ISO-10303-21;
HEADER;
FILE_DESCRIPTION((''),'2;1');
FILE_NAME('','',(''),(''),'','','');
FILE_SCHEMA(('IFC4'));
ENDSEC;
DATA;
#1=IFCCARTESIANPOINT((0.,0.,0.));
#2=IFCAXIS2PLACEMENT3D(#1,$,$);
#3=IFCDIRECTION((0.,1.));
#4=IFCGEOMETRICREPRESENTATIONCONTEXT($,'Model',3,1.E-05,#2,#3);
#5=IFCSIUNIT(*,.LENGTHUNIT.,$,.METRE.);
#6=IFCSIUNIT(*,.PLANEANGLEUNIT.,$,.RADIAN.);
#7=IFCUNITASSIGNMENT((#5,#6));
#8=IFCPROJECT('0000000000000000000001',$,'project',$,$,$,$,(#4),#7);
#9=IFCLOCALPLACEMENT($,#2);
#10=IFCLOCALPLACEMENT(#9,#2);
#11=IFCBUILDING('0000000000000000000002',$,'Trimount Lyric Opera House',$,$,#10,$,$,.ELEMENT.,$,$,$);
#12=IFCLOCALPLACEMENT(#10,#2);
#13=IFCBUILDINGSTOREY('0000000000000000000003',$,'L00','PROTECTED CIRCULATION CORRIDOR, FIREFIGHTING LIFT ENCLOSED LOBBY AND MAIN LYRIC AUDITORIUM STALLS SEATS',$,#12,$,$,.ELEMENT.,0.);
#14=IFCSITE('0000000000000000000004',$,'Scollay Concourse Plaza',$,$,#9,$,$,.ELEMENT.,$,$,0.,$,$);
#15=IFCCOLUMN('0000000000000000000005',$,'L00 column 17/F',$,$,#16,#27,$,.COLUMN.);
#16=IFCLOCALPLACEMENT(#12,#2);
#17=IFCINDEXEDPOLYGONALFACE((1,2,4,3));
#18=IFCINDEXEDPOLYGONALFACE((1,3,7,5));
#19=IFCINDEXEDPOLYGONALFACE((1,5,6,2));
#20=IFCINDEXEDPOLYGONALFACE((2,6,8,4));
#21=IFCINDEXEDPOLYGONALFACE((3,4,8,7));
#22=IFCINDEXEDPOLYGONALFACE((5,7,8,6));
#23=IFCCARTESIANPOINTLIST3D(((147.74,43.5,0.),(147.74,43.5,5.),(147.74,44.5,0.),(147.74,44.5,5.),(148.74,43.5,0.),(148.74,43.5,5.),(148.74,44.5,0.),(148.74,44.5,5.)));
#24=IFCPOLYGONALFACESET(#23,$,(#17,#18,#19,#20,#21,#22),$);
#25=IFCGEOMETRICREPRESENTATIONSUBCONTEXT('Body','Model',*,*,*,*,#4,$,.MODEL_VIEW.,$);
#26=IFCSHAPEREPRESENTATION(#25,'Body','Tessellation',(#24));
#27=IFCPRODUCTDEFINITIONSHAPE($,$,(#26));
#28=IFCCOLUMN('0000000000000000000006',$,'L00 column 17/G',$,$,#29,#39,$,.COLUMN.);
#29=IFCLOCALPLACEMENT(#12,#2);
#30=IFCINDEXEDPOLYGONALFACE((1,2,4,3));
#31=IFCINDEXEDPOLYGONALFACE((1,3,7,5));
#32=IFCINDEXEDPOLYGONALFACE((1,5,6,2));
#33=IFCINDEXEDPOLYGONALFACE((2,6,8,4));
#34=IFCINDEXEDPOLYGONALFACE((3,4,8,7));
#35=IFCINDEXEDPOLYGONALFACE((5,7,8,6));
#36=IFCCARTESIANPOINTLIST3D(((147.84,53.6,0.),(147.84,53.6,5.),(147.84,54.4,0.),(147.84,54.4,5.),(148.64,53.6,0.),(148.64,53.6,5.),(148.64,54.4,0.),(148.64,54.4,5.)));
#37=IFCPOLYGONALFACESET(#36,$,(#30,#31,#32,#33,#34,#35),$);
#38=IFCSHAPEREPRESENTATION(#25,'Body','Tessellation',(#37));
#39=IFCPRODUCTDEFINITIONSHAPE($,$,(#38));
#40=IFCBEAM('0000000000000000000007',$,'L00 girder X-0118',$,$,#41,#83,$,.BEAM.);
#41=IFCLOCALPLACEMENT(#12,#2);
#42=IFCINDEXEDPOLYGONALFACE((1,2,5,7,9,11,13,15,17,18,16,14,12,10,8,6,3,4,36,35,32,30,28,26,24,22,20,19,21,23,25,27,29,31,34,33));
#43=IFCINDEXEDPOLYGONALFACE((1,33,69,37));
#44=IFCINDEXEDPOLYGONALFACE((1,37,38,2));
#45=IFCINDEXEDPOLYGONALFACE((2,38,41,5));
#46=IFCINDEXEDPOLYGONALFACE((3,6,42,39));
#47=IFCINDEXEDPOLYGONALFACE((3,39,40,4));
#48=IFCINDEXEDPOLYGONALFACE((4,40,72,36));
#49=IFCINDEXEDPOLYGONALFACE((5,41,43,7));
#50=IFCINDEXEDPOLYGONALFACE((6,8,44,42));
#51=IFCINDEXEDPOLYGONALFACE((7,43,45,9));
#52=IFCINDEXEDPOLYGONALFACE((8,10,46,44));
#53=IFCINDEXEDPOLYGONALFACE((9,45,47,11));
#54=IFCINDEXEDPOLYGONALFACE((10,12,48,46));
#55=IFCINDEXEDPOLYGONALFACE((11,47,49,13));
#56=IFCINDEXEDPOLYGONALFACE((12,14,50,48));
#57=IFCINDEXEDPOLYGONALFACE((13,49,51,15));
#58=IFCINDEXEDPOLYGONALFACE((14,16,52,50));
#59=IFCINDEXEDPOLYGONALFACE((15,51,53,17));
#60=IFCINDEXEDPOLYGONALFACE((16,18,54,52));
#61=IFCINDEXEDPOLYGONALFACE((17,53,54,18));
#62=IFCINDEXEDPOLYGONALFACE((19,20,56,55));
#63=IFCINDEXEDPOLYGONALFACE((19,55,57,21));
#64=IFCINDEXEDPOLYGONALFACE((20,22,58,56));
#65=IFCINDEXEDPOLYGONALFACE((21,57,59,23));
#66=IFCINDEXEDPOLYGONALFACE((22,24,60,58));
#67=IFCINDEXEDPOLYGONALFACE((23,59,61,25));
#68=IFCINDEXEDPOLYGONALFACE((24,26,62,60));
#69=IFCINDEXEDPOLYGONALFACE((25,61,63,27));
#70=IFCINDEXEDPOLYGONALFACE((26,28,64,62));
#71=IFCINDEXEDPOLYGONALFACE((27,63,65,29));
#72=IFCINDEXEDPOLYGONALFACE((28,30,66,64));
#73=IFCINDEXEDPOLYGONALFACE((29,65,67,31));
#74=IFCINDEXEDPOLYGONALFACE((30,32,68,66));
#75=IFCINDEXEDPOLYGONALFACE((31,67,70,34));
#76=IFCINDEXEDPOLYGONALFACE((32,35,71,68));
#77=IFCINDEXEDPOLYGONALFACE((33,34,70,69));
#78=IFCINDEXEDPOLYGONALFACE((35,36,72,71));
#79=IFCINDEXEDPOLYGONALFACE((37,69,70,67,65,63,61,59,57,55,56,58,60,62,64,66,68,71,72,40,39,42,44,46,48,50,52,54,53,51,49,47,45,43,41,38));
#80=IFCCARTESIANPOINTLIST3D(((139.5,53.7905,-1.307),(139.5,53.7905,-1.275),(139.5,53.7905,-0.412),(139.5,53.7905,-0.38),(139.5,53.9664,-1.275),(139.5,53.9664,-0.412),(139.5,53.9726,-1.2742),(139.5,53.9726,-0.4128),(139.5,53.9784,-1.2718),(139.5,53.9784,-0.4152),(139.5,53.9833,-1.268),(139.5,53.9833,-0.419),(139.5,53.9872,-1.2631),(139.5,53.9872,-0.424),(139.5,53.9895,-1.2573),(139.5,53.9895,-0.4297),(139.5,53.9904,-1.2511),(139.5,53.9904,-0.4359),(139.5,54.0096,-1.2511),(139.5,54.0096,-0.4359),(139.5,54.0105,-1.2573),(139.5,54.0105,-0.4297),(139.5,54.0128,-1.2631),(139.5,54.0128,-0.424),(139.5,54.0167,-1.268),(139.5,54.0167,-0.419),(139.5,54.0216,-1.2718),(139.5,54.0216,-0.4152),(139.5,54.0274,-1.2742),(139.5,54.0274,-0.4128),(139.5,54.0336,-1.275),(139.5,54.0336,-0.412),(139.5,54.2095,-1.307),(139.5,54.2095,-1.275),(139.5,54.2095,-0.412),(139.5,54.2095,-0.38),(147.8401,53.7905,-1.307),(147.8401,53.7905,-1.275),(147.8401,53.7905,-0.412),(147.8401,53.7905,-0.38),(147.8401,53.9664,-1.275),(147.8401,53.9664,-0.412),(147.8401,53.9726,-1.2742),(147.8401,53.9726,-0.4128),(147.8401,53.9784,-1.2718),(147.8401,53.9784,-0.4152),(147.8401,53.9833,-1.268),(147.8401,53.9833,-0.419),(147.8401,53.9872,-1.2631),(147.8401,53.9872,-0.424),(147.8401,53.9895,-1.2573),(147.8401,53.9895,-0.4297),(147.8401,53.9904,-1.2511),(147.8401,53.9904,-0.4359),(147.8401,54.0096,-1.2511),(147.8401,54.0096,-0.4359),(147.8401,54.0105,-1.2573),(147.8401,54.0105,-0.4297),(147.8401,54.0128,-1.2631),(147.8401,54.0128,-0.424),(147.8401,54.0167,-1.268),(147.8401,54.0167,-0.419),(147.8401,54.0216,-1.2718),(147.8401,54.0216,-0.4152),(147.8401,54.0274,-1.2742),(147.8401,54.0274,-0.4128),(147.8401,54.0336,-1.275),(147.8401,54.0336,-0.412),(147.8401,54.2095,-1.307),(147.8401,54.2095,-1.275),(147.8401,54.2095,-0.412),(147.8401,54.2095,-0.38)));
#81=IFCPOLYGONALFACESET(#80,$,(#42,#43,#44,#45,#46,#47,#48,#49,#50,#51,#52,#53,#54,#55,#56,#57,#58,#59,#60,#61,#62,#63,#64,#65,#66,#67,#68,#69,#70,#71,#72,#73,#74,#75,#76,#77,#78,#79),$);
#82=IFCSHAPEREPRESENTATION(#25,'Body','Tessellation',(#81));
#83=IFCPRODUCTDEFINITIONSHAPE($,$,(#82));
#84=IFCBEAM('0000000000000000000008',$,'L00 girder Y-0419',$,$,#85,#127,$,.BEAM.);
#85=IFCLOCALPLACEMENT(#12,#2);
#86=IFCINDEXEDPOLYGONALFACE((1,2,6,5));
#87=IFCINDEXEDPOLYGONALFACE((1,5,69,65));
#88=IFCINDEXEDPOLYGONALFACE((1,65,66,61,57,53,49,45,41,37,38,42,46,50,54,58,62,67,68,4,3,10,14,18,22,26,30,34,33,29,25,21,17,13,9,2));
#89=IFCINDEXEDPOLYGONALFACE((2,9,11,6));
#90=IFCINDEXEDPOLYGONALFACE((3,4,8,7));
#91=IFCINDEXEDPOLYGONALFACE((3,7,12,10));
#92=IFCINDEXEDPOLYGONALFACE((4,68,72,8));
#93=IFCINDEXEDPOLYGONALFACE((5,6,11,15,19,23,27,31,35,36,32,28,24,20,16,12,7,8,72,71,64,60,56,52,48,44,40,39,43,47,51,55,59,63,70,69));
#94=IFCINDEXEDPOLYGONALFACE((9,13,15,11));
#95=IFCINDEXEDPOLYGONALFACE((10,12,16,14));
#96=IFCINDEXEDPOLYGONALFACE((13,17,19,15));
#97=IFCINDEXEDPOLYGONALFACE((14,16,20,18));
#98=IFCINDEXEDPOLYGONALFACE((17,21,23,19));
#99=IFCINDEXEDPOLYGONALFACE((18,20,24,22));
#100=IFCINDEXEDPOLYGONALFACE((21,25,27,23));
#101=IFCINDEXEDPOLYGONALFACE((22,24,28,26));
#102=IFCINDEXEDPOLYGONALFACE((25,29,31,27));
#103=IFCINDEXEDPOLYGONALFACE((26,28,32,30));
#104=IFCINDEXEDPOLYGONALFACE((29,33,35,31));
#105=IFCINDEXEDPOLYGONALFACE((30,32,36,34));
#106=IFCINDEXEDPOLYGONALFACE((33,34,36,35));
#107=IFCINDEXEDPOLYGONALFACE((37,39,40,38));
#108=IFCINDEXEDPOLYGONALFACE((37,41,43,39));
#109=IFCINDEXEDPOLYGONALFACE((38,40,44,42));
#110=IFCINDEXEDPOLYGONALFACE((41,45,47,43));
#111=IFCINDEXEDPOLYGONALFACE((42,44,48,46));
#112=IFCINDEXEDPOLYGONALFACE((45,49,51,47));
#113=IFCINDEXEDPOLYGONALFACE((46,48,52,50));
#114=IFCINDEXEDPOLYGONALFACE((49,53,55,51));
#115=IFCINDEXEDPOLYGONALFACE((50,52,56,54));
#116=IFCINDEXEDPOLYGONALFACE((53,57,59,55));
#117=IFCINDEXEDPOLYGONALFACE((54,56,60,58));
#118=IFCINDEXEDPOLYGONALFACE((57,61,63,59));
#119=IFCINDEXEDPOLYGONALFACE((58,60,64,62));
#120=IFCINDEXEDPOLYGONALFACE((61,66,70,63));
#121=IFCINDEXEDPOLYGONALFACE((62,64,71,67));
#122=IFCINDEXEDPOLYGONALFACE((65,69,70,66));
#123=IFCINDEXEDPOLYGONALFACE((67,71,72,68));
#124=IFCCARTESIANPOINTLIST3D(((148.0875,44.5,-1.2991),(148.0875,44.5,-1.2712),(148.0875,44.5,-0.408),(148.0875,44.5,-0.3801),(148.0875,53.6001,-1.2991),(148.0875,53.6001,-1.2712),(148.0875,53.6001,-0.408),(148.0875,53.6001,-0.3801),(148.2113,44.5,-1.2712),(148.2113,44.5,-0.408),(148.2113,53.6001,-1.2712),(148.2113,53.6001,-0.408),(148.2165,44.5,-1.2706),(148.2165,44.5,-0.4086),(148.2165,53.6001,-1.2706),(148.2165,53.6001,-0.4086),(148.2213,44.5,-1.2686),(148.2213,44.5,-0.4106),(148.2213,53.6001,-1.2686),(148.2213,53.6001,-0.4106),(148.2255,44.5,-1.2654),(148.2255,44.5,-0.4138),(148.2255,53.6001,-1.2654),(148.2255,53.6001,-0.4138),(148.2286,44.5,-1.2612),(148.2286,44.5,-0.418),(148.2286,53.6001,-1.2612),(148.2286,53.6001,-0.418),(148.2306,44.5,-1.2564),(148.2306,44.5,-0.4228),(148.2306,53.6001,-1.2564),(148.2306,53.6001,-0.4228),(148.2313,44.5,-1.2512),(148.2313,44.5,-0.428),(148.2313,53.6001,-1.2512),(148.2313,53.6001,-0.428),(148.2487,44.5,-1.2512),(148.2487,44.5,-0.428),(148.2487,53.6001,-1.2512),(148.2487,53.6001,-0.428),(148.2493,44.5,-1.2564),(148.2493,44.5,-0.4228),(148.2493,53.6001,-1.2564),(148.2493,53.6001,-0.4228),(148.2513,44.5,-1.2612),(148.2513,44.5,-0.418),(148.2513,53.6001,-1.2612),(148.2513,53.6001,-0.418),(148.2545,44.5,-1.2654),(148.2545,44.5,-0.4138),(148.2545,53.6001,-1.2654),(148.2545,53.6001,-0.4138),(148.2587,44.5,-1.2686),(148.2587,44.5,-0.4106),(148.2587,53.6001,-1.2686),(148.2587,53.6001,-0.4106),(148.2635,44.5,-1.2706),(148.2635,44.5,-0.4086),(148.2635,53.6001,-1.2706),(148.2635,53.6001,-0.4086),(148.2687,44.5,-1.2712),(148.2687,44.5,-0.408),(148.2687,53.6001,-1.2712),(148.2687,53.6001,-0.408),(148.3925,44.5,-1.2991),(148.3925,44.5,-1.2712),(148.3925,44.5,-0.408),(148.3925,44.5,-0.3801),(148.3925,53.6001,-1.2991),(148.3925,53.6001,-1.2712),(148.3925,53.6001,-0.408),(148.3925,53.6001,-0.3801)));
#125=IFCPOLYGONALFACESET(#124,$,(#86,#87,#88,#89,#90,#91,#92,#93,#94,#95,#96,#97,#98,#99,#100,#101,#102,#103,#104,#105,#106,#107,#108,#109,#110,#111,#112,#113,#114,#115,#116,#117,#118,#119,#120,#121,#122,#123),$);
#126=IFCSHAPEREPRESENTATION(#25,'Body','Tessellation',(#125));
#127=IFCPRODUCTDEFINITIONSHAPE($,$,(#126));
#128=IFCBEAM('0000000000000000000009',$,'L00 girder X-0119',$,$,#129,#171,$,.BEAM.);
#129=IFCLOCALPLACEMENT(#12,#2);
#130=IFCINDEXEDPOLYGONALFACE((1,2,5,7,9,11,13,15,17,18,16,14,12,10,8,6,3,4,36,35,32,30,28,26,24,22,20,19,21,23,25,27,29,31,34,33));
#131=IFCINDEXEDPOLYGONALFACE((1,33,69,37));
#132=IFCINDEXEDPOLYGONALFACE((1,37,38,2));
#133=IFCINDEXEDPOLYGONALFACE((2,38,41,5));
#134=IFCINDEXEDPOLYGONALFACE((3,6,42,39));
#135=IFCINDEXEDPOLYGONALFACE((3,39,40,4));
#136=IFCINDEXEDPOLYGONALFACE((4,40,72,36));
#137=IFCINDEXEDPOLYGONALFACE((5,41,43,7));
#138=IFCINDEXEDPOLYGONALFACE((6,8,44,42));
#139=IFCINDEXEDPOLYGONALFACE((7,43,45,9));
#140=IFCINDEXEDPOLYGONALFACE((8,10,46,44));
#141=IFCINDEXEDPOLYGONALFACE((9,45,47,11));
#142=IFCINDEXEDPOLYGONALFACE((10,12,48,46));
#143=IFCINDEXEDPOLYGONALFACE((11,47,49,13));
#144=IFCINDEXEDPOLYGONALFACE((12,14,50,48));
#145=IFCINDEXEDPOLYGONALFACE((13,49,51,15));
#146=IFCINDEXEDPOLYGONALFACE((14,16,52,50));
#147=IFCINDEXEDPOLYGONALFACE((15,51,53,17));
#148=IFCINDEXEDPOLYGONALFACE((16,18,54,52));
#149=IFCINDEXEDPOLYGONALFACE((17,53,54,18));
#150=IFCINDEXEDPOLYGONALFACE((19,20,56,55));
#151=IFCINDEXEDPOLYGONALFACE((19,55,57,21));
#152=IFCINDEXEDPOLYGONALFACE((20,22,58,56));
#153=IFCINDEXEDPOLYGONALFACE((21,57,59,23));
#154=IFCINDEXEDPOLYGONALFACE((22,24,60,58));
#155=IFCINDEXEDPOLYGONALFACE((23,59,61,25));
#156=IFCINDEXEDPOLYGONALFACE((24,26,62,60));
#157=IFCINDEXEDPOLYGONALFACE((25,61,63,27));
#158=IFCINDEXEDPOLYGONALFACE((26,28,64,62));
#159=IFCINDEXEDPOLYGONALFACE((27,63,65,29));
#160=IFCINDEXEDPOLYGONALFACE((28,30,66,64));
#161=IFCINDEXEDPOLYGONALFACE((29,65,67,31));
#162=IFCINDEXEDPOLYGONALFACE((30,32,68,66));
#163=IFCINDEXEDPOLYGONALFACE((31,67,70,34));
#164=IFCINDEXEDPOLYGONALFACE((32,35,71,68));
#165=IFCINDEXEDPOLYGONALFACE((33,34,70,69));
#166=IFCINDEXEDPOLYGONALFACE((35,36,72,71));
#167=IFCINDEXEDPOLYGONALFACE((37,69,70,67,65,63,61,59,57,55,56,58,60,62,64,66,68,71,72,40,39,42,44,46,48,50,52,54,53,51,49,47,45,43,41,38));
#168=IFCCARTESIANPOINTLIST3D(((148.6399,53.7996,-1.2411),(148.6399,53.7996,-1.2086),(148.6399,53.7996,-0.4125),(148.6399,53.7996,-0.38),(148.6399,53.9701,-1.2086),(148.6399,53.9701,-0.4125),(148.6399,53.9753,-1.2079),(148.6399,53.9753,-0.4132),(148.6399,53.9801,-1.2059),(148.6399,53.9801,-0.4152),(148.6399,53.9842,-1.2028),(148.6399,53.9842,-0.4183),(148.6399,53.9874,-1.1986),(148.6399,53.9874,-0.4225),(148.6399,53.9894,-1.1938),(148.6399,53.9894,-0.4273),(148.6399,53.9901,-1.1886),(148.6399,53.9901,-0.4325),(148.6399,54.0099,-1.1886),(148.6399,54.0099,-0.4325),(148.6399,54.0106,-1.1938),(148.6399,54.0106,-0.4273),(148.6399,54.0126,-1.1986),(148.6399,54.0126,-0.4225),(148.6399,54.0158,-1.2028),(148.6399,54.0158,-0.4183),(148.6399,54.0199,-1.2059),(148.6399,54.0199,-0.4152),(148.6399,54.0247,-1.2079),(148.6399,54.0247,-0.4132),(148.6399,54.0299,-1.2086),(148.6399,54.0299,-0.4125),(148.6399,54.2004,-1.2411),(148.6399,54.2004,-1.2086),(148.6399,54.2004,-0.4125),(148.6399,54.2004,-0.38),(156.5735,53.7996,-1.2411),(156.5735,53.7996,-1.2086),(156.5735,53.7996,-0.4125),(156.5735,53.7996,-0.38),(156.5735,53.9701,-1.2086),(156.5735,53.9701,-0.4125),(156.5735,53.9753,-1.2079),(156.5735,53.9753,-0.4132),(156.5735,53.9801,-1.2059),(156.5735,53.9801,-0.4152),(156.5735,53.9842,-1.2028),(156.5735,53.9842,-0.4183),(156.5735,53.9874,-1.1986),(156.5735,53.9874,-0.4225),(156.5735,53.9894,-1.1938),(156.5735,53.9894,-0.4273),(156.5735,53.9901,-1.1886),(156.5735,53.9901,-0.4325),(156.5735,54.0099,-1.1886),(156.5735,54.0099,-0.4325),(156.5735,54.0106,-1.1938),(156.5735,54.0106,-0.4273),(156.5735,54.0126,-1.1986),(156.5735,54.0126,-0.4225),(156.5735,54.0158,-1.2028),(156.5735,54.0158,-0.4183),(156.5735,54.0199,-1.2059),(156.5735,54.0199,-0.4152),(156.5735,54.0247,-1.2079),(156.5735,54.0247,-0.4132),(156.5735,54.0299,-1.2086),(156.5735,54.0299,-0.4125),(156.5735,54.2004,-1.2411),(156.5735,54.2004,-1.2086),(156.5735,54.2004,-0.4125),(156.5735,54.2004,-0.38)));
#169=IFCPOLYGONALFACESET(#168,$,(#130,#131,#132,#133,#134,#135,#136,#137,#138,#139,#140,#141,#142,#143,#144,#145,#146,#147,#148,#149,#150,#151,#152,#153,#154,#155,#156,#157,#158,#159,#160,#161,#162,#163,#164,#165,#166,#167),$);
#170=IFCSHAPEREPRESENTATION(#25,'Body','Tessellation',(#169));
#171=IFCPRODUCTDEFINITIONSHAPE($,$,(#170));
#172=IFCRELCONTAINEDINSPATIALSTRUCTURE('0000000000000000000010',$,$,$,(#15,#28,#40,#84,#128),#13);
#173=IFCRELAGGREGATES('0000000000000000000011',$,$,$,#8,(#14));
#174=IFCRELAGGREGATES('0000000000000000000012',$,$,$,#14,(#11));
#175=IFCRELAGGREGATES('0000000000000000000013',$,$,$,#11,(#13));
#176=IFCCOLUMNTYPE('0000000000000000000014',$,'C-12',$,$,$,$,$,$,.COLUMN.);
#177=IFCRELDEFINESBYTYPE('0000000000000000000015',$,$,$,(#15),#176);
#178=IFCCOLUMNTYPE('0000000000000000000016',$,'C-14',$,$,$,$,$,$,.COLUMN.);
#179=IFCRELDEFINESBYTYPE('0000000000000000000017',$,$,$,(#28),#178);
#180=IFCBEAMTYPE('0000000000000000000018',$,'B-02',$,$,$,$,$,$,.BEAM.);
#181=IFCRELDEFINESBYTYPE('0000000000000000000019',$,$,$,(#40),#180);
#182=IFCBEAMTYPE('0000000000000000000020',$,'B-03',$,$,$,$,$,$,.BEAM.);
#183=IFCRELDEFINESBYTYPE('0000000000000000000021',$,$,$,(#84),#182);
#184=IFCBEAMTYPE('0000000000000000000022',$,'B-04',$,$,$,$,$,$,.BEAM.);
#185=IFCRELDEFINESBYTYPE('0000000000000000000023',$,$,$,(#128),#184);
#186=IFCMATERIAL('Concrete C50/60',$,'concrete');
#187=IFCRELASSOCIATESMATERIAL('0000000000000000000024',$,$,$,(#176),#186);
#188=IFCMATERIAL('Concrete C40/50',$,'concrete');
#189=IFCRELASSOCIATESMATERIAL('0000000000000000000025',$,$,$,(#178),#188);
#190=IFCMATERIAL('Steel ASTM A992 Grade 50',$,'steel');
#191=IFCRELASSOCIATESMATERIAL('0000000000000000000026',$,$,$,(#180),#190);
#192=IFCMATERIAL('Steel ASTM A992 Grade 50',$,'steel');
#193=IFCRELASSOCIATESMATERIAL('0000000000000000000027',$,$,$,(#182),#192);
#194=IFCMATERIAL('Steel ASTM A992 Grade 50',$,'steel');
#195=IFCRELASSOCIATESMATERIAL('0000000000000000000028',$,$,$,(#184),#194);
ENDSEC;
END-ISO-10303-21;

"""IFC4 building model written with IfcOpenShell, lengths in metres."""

from ifc_helpers import new_model, si_unit, direction, frame, origin, origin_2d, place, context, subcontext, project, spatial, rectangle, i_section, extrude, material, material_profile, profile_set, type_object, element, save


model = new_model("IFC4")

# Units and contexts
model_context = context("Model", 3, precision=1e-05, world=origin(), true_north=direction((0.0, 1.0)))
body_context = subcontext(model_context, "Body", "Model", "MODEL_VIEW")
ifc_project = project(units=[si_unit("LENGTHUNIT", "METRE"), si_unit("PLANEANGLEUNIT", "RADIAN")], contexts=[model_context])

# Site, building, storey
site_placement = place(None, origin())
site = spatial("IfcSite", under=ifc_project, at=site_placement, Name="Scollay Concourse Plaza", CompositionType="ELEMENT", RefElevation=0.0)
building_placement = place(site_placement, origin())
building = spatial("IfcBuilding", under=site, at=building_placement, Name="Trimount Lyric Opera House", CompositionType="ELEMENT")
storey_placement = place(building_placement, origin())
storey = spatial("IfcBuildingStorey", under=building, at=storey_placement, Name="L00", Description="PROTECTED CIRCULATION CORRIDOR, FIREFIGHTING LIFT ENCLOSED LOBBY AND MAIN LYRIC AUDITORIUM STALLS SEATS", CompositionType="ELEMENT", Elevation=0.0)

# Columns
ifc_material_1 = material(Name="Concrete C50/60", Category="concrete")
ifc_material_profile_1 = material_profile(ifc_material_1, rectangle(XDim=1.0, YDim=1.0, at=origin_2d()), Name="RC1000X1000")
ifc_profile_set_1 = profile_set([ifc_material_profile_1], Name="Concrete C50/60")
column_type_1 = type_object("IfcColumnType", Name="C-12", PredefinedType="COLUMN", material=ifc_profile_set_1)
column_1_placement = place(storey_placement, frame((148.24, 44.0, 0.0), z_axis=(0.0, 0.0, 1.0), x_axis=(1.0, 0.0, 0.0)))
element("IfcColumn", 1, at=column_1_placement, inside=storey, type_object=column_type_1, Name="L00 column 17/F", PredefinedType="COLUMN", context=body_context, shape_type="SweptSolid", body=[
    extrude(rectangle(XDim=1.0, YDim=1.0, at=origin_2d()), origin(), (0.0, 0.0, 1.0), 5.0),
])
ifc_material_2 = material(Name="Concrete C40/50", Category="concrete")
ifc_material_profile_2 = material_profile(ifc_material_2, rectangle(XDim=0.8, YDim=0.8, at=origin_2d()), Name="RC800X800")
ifc_profile_set_2 = profile_set([ifc_material_profile_2], Name="Concrete C40/50")
column_type_2 = type_object("IfcColumnType", Name="C-14", PredefinedType="COLUMN", material=ifc_profile_set_2)
column_2_placement = place(storey_placement, frame((148.24, 54.0, 0.0), z_axis=(0.0, 0.0, 1.0), x_axis=(1.0, 0.0, 0.0)))
element("IfcColumn", 2, at=column_2_placement, inside=storey, type_object=column_type_2, Name="L00 column 17/G", PredefinedType="COLUMN", context=body_context, shape_type="SweptSolid", body=[
    extrude(rectangle(XDim=0.8, YDim=0.8, at=origin_2d()), origin(), (0.0, 0.0, 1.0), 5.0),
])

# Beams
ifc_material_3 = material(Name="Steel ASTM A992 Grade 50", Category="steel")
ifc_material_profile_3 = material_profile(ifc_material_3, i_section(OverallWidth=0.4189, OverallDepth=0.927, WebThickness=0.0193, FlangeThickness=0.032, FilletRadius=0.0239, at=origin_2d()), Name="W36X231")
ifc_profile_set_3 = profile_set([ifc_material_profile_3], Name="Steel ASTM A992 Grade 50")
beam_type_1 = type_object("IfcBeamType", Name="B-02", PredefinedType="BEAM", material=ifc_profile_set_3)
beam_1_placement = place(storey_placement, frame((139.5, 54.0, -0.8435), z_axis=(1.0, 0.0, 0.0), x_axis=(0.0, 1.0, 0.0)))
element("IfcBeam", 3, at=beam_1_placement, inside=storey, type_object=beam_type_1, Name="L00 girder X-0118", PredefinedType="BEAM", context=body_context, shape_type="SweptSolid", body=[
    extrude(i_section(OverallWidth=0.4189, OverallDepth=0.927, WebThickness=0.0193, FlangeThickness=0.032, FilletRadius=0.0239, at=origin_2d()), origin(), (0.0, 0.0, 1.0), 8.3401),
])
ifc_material_4 = material(Name="Steel ASTM A992 Grade 50", Category="steel")
ifc_material_profile_4 = material_profile(ifc_material_4, i_section(OverallWidth=0.3049, OverallDepth=0.9189, WebThickness=0.0173, FlangeThickness=0.0278, FilletRadius=0.02, at=origin_2d()), Name="W36X170")
ifc_profile_set_4 = profile_set([ifc_material_profile_4], Name="Steel ASTM A992 Grade 50")
beam_type_2 = type_object("IfcBeamType", Name="B-03", PredefinedType="BEAM", material=ifc_profile_set_4)
beam_2_placement = place(storey_placement, frame((148.24, 44.5, -0.8396), z_axis=(0.0, 1.0, 0.0), x_axis=(-1.0, 0.0, 0.0)))
element("IfcBeam", 4, at=beam_2_placement, inside=storey, type_object=beam_type_2, Name="L00 girder Y-0419", PredefinedType="BEAM", context=body_context, shape_type="SweptSolid", body=[
    extrude(i_section(OverallWidth=0.3049, OverallDepth=0.9189, WebThickness=0.0173, FlangeThickness=0.0278, FilletRadius=0.02, at=origin_2d()), origin(), (0.0, 0.0, 1.0), 9.1001),
])
ifc_material_5 = material(Name="Steel ASTM A992 Grade 50", Category="steel")
ifc_material_profile_5 = material_profile(ifc_material_5, i_section(OverallWidth=0.4009, OverallDepth=0.8611, WebThickness=0.0198, FlangeThickness=0.0325, FilletRadius=0.02, at=origin_2d()), Name="W33X221")
ifc_profile_set_5 = profile_set([ifc_material_profile_5], Name="Steel ASTM A992 Grade 50")
beam_type_3 = type_object("IfcBeamType", Name="B-04", PredefinedType="BEAM", material=ifc_profile_set_5)
beam_3_placement = place(storey_placement, frame((148.6399, 54.0, -0.8105), z_axis=(1.0, 0.0, 0.0), x_axis=(0.0, 1.0, 0.0)))
element("IfcBeam", 5, at=beam_3_placement, inside=storey, type_object=beam_type_3, Name="L00 girder X-0119", PredefinedType="BEAM", context=body_context, shape_type="SweptSolid", body=[
    extrude(i_section(OverallWidth=0.4009, OverallDepth=0.8611, WebThickness=0.0198, FlangeThickness=0.0325, FilletRadius=0.02, at=origin_2d()), origin(), (0.0, 0.0, 1.0), 7.9336),
])

save(model, "model.ifc")
